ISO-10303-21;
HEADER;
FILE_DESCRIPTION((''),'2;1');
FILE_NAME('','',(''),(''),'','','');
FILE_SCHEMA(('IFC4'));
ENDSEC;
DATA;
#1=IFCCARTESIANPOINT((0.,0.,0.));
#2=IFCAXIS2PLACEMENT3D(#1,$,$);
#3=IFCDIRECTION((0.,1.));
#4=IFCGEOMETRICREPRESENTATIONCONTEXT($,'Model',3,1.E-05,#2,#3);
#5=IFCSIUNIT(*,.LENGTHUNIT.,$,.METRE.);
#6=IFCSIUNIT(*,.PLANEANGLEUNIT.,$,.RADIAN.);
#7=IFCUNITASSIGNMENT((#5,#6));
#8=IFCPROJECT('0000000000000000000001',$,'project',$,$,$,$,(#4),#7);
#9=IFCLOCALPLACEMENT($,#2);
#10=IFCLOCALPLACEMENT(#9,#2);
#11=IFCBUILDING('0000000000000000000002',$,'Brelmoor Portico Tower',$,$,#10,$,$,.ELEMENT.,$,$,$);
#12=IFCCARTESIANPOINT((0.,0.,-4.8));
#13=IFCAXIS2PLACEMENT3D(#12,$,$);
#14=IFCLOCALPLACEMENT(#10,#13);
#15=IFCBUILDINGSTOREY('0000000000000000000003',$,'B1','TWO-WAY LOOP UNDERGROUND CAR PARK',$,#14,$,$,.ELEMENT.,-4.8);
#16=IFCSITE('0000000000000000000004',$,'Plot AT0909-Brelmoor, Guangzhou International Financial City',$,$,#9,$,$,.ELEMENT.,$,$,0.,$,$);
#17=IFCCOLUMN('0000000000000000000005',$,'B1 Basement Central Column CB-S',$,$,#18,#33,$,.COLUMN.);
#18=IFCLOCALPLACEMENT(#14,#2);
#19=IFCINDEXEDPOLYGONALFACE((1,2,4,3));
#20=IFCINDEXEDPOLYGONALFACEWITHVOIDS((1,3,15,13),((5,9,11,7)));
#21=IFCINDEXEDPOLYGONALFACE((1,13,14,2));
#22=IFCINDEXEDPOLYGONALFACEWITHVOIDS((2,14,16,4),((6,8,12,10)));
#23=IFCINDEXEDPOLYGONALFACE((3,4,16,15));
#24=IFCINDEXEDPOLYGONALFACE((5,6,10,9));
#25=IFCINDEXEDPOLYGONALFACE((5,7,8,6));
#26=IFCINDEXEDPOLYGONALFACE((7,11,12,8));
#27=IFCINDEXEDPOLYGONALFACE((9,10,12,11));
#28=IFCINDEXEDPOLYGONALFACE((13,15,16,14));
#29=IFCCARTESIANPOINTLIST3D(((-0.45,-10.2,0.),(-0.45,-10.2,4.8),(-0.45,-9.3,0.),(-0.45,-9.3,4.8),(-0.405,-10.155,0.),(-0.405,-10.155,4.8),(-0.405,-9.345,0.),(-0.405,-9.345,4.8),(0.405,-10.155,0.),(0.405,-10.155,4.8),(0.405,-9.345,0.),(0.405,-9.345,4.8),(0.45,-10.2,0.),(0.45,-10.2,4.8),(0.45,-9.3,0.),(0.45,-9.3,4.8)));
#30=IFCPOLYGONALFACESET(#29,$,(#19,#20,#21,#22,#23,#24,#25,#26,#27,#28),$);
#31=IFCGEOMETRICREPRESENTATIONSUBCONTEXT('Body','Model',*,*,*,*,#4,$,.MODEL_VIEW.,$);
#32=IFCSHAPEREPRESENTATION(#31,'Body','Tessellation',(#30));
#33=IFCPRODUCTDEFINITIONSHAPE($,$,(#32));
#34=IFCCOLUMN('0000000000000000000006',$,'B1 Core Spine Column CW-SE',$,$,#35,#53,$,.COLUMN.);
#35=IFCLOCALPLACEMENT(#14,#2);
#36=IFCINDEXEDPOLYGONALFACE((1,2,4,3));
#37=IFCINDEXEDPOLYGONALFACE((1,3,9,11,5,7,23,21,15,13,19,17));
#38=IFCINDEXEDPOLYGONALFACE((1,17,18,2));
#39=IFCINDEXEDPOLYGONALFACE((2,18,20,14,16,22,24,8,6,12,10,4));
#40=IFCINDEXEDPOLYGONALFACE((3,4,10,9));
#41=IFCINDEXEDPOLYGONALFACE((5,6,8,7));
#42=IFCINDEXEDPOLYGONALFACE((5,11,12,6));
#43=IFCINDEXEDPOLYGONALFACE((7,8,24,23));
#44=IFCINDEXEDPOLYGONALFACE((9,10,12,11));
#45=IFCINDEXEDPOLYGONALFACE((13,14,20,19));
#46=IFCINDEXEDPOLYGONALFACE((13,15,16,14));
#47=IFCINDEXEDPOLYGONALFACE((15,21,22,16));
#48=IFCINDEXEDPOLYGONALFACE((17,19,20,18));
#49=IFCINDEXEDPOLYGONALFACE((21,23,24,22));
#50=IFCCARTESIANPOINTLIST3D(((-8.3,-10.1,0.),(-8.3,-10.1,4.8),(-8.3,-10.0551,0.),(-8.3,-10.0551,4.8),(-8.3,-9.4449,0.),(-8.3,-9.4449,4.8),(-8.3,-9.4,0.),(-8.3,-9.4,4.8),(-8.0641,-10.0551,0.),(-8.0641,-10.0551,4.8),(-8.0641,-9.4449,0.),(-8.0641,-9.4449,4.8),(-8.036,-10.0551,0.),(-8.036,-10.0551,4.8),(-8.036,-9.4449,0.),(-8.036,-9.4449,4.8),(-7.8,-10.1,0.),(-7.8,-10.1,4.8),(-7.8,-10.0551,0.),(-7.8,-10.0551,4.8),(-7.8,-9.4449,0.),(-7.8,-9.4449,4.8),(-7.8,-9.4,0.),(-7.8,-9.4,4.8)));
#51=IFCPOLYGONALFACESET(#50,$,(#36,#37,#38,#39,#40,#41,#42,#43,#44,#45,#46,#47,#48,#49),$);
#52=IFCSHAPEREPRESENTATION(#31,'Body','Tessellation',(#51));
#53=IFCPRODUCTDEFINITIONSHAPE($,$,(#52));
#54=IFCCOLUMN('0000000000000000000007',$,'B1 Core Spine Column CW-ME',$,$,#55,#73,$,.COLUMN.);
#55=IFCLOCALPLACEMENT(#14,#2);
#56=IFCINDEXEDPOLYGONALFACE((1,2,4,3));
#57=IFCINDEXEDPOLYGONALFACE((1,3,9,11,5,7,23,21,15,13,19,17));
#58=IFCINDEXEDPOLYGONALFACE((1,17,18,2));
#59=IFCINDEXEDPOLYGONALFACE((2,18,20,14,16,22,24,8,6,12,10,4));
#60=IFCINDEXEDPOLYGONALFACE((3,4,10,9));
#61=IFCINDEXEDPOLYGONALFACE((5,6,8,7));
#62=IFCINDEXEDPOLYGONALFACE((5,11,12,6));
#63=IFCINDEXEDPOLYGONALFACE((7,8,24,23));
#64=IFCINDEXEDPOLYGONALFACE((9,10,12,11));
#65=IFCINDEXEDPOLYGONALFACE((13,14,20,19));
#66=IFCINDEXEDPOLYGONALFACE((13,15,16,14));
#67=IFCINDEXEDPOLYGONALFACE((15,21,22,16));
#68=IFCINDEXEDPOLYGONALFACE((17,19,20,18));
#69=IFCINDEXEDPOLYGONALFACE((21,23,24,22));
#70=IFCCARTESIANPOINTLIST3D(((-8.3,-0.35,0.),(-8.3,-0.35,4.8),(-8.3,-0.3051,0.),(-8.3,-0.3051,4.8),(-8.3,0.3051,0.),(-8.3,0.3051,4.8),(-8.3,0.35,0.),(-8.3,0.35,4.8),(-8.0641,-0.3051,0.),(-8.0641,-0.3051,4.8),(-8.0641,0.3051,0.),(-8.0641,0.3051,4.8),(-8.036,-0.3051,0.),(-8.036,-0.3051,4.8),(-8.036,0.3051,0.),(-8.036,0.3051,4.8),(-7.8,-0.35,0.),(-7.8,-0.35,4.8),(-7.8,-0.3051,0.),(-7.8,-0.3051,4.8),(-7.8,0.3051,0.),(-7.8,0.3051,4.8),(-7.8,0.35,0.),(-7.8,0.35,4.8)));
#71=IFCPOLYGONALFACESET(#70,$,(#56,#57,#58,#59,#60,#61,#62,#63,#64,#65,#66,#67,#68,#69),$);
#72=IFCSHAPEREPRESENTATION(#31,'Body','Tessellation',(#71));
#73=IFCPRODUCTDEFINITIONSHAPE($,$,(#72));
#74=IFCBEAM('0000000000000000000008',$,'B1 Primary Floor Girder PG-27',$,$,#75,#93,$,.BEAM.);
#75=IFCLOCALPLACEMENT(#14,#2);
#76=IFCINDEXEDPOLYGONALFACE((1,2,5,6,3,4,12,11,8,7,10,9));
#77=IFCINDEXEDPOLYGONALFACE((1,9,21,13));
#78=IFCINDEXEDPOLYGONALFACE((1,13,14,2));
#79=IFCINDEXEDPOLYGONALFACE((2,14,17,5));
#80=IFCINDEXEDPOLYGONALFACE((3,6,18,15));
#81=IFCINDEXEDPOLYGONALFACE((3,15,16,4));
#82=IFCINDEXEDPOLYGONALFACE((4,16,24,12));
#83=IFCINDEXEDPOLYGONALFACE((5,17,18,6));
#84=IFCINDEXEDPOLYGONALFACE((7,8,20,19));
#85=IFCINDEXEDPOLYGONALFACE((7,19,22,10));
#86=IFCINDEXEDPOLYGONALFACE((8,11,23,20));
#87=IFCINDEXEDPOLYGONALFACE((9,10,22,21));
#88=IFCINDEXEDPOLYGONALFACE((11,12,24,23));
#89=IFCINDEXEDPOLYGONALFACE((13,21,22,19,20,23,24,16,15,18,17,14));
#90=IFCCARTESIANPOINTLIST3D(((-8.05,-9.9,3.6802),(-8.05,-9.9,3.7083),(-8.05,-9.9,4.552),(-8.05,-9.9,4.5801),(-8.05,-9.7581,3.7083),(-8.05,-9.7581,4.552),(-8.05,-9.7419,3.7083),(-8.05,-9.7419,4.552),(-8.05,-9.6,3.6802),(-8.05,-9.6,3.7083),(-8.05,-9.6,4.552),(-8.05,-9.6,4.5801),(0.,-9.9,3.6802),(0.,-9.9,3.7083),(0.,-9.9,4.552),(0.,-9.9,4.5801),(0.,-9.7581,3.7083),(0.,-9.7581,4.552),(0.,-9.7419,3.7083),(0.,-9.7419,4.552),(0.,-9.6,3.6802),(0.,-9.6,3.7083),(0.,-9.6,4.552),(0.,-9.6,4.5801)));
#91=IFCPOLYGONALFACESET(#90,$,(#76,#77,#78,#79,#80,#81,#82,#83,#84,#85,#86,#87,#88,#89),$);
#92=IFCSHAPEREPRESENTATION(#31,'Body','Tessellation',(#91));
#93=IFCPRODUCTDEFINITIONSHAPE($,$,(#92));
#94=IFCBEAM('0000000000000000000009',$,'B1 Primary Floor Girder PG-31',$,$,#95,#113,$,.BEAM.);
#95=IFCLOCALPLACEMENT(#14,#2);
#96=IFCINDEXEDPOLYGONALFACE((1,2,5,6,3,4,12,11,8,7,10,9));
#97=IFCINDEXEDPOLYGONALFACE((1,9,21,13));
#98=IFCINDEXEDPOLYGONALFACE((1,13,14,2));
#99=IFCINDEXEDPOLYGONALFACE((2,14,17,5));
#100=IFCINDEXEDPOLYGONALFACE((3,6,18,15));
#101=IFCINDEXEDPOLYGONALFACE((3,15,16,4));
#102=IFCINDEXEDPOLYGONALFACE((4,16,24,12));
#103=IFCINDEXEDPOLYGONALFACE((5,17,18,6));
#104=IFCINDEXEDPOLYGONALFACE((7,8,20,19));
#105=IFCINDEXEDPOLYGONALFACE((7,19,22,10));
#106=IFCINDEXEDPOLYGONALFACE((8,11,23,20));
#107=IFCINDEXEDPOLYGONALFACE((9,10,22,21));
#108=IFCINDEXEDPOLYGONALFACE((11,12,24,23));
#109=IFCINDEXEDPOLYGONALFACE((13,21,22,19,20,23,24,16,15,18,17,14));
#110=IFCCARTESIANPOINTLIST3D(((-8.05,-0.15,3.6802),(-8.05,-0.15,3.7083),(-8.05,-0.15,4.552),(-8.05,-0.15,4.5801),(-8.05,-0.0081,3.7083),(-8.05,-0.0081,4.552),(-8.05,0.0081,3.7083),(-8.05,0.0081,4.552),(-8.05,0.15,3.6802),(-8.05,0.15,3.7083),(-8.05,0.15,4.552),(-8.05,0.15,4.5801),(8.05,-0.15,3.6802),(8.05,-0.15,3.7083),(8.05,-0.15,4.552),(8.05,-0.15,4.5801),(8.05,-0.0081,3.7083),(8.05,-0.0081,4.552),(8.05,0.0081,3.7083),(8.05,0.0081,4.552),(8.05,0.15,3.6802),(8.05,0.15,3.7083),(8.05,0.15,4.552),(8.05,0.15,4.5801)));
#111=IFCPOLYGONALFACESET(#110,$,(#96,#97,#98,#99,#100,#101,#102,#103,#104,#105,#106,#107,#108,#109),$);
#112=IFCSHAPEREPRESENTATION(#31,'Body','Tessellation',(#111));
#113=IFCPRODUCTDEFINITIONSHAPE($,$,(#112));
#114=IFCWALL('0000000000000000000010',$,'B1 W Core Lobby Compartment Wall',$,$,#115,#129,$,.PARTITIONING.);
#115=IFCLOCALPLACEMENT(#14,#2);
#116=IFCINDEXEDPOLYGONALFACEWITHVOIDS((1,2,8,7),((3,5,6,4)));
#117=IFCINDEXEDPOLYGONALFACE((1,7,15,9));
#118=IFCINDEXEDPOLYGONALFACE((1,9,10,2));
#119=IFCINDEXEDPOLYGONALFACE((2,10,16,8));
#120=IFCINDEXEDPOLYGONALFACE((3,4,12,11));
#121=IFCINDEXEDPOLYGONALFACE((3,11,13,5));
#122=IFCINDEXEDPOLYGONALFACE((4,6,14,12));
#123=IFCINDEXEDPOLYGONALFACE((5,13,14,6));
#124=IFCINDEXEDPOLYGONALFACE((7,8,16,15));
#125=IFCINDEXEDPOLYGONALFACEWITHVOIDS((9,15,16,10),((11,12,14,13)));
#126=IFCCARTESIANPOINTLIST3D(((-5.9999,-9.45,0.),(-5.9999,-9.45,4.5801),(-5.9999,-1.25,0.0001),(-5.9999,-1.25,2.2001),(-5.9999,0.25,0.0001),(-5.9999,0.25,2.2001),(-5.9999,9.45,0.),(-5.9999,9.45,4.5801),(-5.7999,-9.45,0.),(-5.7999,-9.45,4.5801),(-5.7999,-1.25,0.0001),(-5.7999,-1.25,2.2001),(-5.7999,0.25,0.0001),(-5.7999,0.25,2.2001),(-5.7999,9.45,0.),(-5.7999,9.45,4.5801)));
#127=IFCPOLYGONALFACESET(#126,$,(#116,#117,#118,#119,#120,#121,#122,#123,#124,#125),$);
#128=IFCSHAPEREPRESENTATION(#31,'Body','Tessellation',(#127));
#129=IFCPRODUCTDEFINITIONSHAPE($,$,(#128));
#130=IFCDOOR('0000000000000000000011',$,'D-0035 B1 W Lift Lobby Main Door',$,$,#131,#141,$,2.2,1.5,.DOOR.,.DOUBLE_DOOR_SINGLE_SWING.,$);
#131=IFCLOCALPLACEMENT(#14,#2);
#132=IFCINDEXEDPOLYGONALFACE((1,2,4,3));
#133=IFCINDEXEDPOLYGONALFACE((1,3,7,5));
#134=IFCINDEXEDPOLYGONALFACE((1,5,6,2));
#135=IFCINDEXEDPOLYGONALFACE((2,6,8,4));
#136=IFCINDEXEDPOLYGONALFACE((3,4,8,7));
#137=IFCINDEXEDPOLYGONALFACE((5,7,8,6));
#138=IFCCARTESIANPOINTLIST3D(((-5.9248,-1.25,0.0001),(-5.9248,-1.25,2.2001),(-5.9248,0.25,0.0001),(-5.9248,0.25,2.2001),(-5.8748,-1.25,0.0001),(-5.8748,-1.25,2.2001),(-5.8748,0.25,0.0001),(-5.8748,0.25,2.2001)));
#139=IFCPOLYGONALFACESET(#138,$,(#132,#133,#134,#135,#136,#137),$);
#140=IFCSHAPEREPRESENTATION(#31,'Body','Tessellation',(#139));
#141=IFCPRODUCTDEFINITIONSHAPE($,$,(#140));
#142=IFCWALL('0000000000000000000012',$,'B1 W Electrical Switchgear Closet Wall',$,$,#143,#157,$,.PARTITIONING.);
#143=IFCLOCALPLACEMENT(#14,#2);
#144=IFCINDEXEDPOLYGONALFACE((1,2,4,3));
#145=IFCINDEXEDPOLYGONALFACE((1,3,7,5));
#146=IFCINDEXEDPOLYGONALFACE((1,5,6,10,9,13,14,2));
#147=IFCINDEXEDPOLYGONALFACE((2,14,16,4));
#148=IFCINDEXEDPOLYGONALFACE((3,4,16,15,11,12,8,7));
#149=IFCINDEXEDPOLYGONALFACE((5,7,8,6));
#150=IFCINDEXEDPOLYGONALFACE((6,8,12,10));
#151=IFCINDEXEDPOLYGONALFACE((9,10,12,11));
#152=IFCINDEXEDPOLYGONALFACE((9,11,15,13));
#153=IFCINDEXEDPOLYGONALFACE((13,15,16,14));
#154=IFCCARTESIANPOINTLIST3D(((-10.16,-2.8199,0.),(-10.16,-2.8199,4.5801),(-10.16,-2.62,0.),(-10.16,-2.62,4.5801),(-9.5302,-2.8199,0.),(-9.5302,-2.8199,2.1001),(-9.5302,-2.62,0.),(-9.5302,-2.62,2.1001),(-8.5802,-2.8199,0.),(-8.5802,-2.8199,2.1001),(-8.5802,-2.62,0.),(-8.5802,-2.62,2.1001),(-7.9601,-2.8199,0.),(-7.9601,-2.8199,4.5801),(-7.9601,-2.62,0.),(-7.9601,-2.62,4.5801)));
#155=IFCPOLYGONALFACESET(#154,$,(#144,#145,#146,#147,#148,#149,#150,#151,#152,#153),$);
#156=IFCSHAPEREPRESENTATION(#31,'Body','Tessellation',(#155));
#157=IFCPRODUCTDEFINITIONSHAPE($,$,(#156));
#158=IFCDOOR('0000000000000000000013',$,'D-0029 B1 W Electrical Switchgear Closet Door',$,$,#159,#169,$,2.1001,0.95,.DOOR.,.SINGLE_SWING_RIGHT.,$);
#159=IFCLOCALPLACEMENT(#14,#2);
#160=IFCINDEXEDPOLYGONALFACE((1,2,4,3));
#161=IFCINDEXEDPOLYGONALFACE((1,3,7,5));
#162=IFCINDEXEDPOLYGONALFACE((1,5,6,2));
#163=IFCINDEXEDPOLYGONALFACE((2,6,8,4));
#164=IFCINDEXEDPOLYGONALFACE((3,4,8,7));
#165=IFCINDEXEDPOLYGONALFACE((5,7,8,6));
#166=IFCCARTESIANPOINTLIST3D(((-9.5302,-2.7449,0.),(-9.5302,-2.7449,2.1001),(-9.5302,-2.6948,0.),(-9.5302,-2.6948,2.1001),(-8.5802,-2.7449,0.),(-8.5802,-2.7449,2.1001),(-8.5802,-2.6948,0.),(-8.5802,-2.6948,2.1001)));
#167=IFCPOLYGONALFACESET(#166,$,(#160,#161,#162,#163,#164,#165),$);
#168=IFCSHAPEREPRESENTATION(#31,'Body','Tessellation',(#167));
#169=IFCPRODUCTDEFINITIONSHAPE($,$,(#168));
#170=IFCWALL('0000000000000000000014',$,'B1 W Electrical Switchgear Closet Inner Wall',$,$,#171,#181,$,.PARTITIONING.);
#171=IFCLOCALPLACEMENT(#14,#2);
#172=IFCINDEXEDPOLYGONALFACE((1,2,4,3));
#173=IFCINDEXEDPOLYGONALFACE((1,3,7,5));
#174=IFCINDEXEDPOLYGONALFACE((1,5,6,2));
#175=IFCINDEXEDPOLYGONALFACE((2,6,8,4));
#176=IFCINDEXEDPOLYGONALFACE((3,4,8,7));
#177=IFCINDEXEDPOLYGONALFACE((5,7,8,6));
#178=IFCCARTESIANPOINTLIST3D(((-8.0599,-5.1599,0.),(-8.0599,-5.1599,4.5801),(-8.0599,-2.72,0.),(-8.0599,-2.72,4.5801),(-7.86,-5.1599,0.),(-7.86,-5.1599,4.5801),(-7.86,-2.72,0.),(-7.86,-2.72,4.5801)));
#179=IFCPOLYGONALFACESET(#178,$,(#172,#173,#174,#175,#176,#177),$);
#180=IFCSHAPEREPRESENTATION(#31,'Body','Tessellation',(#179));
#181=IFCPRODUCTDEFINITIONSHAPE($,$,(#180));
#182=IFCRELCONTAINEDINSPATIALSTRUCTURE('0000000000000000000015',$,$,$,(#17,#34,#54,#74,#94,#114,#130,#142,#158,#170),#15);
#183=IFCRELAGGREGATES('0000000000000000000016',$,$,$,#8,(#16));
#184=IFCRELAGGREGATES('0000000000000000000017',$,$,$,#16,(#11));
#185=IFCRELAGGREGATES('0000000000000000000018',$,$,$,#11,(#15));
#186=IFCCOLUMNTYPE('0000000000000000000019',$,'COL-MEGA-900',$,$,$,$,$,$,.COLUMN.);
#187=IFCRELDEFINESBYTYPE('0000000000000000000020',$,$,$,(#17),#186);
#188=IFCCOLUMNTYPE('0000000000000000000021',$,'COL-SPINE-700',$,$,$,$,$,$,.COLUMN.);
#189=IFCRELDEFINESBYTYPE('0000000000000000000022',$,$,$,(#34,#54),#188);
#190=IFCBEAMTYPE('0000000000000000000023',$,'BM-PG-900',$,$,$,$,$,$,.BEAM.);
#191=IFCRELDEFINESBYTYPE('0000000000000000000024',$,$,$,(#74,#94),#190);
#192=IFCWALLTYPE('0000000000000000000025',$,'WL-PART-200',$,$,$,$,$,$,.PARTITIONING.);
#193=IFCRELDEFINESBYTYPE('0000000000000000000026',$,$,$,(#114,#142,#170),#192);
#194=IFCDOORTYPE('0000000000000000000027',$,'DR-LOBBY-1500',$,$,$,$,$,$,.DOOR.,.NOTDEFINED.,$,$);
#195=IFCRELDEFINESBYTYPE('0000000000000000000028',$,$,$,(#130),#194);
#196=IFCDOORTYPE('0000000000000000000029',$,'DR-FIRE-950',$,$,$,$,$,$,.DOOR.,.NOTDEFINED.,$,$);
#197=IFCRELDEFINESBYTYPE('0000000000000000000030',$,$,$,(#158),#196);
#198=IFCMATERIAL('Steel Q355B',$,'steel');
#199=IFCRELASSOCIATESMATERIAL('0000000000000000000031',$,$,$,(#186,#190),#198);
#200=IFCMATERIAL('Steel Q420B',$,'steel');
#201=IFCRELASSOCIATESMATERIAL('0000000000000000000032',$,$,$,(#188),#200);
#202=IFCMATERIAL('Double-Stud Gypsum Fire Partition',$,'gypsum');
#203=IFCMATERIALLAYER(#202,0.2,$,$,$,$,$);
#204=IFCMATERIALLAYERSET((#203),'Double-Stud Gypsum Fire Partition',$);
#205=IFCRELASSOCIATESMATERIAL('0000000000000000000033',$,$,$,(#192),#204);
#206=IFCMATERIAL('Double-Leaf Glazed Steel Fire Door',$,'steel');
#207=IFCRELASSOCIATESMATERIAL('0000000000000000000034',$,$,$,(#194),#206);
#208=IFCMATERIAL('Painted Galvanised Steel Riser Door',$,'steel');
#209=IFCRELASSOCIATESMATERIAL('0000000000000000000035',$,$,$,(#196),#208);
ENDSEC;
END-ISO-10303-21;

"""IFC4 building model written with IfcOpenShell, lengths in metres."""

from ifc_helpers import new_model, si_unit, direction, frame, frame_2d, origin, origin_2d, place, context, subcontext, project, spatial, rectangle, hollow_rectangle, i_section, extrude, material, layer, layer_set, material_profile, profile_set, type_object, element, fill, save


model = new_model("IFC4")

# Units and contexts
model_context = context("Model", 3, precision=1e-05, world=origin(), true_north=direction((0.0, 1.0)))
body_context = subcontext(model_context, "Body", "Model", "MODEL_VIEW")
ifc_project = project(units=[si_unit("LENGTHUNIT", "METRE"), si_unit("PLANEANGLEUNIT", "RADIAN")], contexts=[model_context])

# Site, building, storey
site_placement = place(None, origin())
site = spatial("IfcSite", under=ifc_project, at=site_placement, Name="Plot AT0909-Brelmoor, Guangzhou International Financial City", CompositionType="ELEMENT", RefElevation=0.0)
building_placement = place(site_placement, origin())
building = spatial("IfcBuilding", under=site, at=building_placement, Name="Brelmoor Portico Tower", CompositionType="ELEMENT")
storey_placement = place(building_placement, frame((0.0, 0.0, -4.8)))
storey = spatial("IfcBuildingStorey", under=building, at=storey_placement, Name="B1", Description="TWO-WAY LOOP UNDERGROUND CAR PARK", CompositionType="ELEMENT", Elevation=-4.8)

# Columns
ifc_material_1 = material(Name="Steel Q355B", Category="steel")
ifc_material_profile_1 = material_profile(ifc_material_1, hollow_rectangle(XDim=0.8999, YDim=0.8999, WallThickness=0.0449, at=origin_2d()), Name="BOX 900x900x45")
ifc_profile_set_1 = profile_set([ifc_material_profile_1], Name="Steel Q355B")
column_type_1 = type_object("IfcColumnType", Name="COL-MEGA-900", PredefinedType="COLUMN", material=ifc_profile_set_1)
column_placement = place(storey_placement, frame((0.0, -9.75, 0.0), z_axis=(0.0, 0.0, 1.0), x_axis=(1.0, 0.0, 0.0)))
element("IfcColumn", 1, at=column_placement, inside=storey, type_object=column_type_1, Name="B1 Basement Central Column CB-S", PredefinedType="COLUMN", context=body_context, shape_type="SweptSolid", body=[
    extrude(hollow_rectangle(XDim=0.8999, YDim=0.8999, WallThickness=0.0449, at=origin_2d()), origin(), (0.0, 0.0, 1.0), 4.8),
])
ifc_material_2 = material(Name="Steel Q420B", Category="steel")
ifc_material_profile_2 = material_profile(ifc_material_2, i_section(OverallWidth=0.5, OverallDepth=0.7, WebThickness=0.0281, FlangeThickness=0.0449, at=origin_2d()), Name="HW 700x500x28x45")
ifc_profile_set_2 = profile_set([ifc_material_profile_2], Name="Steel Q420B")
column_type_2 = type_object("IfcColumnType", Name="COL-SPINE-700", PredefinedType="COLUMN", material=ifc_profile_set_2)
for number, where, z_axis, x_axis, name in (
    (2, (-8.05, -9.75, 0.0), (0.0, 0.0, 1.0), (1.0, 0.0, 0.0), "B1 Core Spine Column CW-SE"),
    (3, (-8.05, 0.0, 0.0), (0.0, 0.0, 1.0), (1.0, 0.0, 0.0), "B1 Core Spine Column CW-ME"),
):
    element("IfcColumn", number, at=place(storey_placement, frame(where, z_axis=z_axis, x_axis=x_axis)), inside=storey, type_object=column_type_2, Name=name, PredefinedType="COLUMN", context=body_context, shape_type="SweptSolid", body=[
        extrude(i_section(OverallWidth=0.5, OverallDepth=0.7, WebThickness=0.0281, FlangeThickness=0.0449, at=origin_2d()), origin(), (0.0, 0.0, 1.0), 4.8),
    ])

# Beams
ifc_material_profile_3 = material_profile(ifc_material_1, i_section(OverallWidth=0.3, OverallDepth=0.8999, WebThickness=0.0161, FlangeThickness=0.0281, at=origin_2d()), Name="HN 900x300x16x28")
ifc_profile_set_3 = profile_set([ifc_material_profile_3], Name="Steel Q355B")
beam_type = type_object("IfcBeamType", Name="BM-PG-900", PredefinedType="BEAM", material=ifc_profile_set_3)
beam_1_placement = place(storey_placement, frame((-8.05, -9.75, 4.1301), z_axis=(1.0, 0.0, 0.0), x_axis=(0.0, 1.0, 0.0)))
element("IfcBeam", 4, at=beam_1_placement, inside=storey, type_object=beam_type, Name="B1 Primary Floor Girder PG-27", PredefinedType="BEAM", context=body_context, shape_type="SweptSolid", body=[
    extrude(i_section(OverallWidth=0.3, OverallDepth=0.8999, WebThickness=0.0161, FlangeThickness=0.0281, at=origin_2d()), origin(), (0.0, 0.0, 1.0), 8.05),
])
beam_2_placement = place(storey_placement, frame((-8.05, 0.0, 4.1301), z_axis=(1.0, 0.0, 0.0), x_axis=(0.0, 1.0, 0.0)))
element("IfcBeam", 5, at=beam_2_placement, inside=storey, type_object=beam_type, Name="B1 Primary Floor Girder PG-31", PredefinedType="BEAM", context=body_context, shape_type="SweptSolid", body=[
    extrude(i_section(OverallWidth=0.3, OverallDepth=0.8999, WebThickness=0.0161, FlangeThickness=0.0281, at=origin_2d()), origin(), (0.0, 0.0, 1.0), 16.1001),
])

# Walls, openings, doors
ifc_material_3 = material(Name="Double-Stud Gypsum Fire Partition", Category="gypsum")
ifc_layer_1 = layer(ifc_material_3, 0.2)
ifc_layer_set_1 = layer_set([ifc_layer_1], Name="Double-Stud Gypsum Fire Partition")
wall_type_1 = type_object("IfcWallType", Name="WL-PART-200", PredefinedType="PARTITIONING", material=ifc_layer_set_1)
wall_1_placement = place(storey_placement, frame((-5.8999, -9.45, 0.0), z_axis=(0.0, 0.0, 1.0), x_axis=(0.0, 1.0, 0.0)))
wall_1 = element("IfcWall", 6, at=wall_1_placement, inside=storey, type_object=wall_type_1, Name="B1 W Core Lobby Compartment Wall", PredefinedType="PARTITIONING", context=body_context, shape_type="SweptSolid", body=[
    extrude(rectangle(XDim=18.8999, YDim=0.2, at=frame_2d((9.45, 0.0))), origin(), (0.0, 0.0, 1.0), 4.5801),
])
opening_1_placement = place(wall_1_placement, frame((8.2, 0.0, 0.0)))
opening_1 = element("IfcOpeningElement", 7, at=opening_1_placement, cuts=wall_1, PredefinedType="OPENING", context=body_context, shape_type="SweptSolid", body=[
    extrude(rectangle(XDim=1.5, YDim=2.2, at=frame_2d((0.75, 1.1001))), frame((0.0, 0.1099, 0.0), z_axis=(0.0, -1.0, 0.0), x_axis=(1.0, 0.0, 0.0)), (0.0, 0.0, 1.0), 0.22),
])
ifc_material_4 = material(Name="Double-Leaf Glazed Steel Fire Door", Category="steel")
door_type_1 = type_object("IfcDoorType", Name="DR-LOBBY-1500", OperationType="NOTDEFINED", PredefinedType="DOOR", material=ifc_material_4)
door_1_placement = place(opening_1_placement, origin())
door_1 = element("IfcDoor", 8, at=door_1_placement, inside=storey, type_object=door_type_1, Name="D-0035 B1 W Lift Lobby Main Door", OperationType="DOUBLE_DOOR_SINGLE_SWING", OverallHeight=2.2, OverallWidth=1.5, PredefinedType="DOOR", context=body_context, shape_type="SweptSolid", body=[
    extrude(rectangle(XDim=1.5, YDim=2.2, at=frame_2d((0.75, 1.1001))), frame((0.0, 0.0249, 0.0), z_axis=(0.0, -1.0, 0.0), x_axis=(1.0, 0.0, 0.0)), (0.0, 0.0, 1.0), 0.05),
])
fill(opening_1, door_1)
wall_2_placement = place(storey_placement, frame((-7.96, -2.72, 0.0), z_axis=(0.0, 0.0, 1.0), x_axis=(-1.0, 0.0, 0.0)))
wall_2 = element("IfcWall", 9, at=wall_2_placement, inside=storey, type_object=wall_type_1, Name="B1 W Electrical Switchgear Closet Wall", PredefinedType="PARTITIONING", context=body_context, shape_type="SweptSolid", body=[
    extrude(rectangle(XDim=2.2, YDim=0.2, at=frame_2d((1.1001, 0.0))), origin(), (0.0, 0.0, 1.0), 4.5801),
])
opening_2_placement = place(wall_2_placement, frame((0.6201, 0.0, 0.0)))
opening_2 = element("IfcOpeningElement", 10, at=opening_2_placement, cuts=wall_2, PredefinedType="OPENING", context=body_context, shape_type="SweptSolid", body=[
    extrude(rectangle(XDim=0.95, YDim=2.1001, at=frame_2d((0.4751, 1.05))), frame((0.0, 0.1099, 0.0), z_axis=(0.0, -1.0, 0.0), x_axis=(1.0, 0.0, 0.0)), (0.0, 0.0, 1.0), 0.22),
])
ifc_material_5 = material(Name="Painted Galvanised Steel Riser Door", Category="steel")
door_type_2 = type_object("IfcDoorType", Name="DR-FIRE-950", OperationType="NOTDEFINED", PredefinedType="DOOR", material=ifc_material_5)
door_2_placement = place(opening_2_placement, origin())
door_2 = element("IfcDoor", 11, at=door_2_placement, inside=storey, type_object=door_type_2, Name="D-0029 B1 W Electrical Switchgear Closet Door", OperationType="SINGLE_SWING_RIGHT", OverallHeight=2.1001, OverallWidth=0.95, PredefinedType="DOOR", context=body_context, shape_type="SweptSolid", body=[
    extrude(rectangle(XDim=0.95, YDim=2.1001, at=frame_2d((0.4751, 1.05))), frame((0.0, 0.0249, 0.0), z_axis=(0.0, -1.0, 0.0), x_axis=(1.0, 0.0, 0.0)), (0.0, 0.0, 1.0), 0.05),
])
fill(opening_2, door_2)

# Wall
wall_3_placement = place(storey_placement, frame((-7.96, -5.1599, 0.0), z_axis=(0.0, 0.0, 1.0), x_axis=(0.0, 1.0, 0.0)))
element("IfcWall", 12, at=wall_3_placement, inside=storey, type_object=wall_type_1, Name="B1 W Electrical Switchgear Closet Inner Wall", PredefinedType="PARTITIONING", context=body_context, shape_type="SweptSolid", body=[
    extrude(rectangle(XDim=2.4399, YDim=0.2, at=frame_2d((1.22, 0.0))), origin(), (0.0, 0.0, 1.0), 4.5801),
])

save(model, "model.ifc")
